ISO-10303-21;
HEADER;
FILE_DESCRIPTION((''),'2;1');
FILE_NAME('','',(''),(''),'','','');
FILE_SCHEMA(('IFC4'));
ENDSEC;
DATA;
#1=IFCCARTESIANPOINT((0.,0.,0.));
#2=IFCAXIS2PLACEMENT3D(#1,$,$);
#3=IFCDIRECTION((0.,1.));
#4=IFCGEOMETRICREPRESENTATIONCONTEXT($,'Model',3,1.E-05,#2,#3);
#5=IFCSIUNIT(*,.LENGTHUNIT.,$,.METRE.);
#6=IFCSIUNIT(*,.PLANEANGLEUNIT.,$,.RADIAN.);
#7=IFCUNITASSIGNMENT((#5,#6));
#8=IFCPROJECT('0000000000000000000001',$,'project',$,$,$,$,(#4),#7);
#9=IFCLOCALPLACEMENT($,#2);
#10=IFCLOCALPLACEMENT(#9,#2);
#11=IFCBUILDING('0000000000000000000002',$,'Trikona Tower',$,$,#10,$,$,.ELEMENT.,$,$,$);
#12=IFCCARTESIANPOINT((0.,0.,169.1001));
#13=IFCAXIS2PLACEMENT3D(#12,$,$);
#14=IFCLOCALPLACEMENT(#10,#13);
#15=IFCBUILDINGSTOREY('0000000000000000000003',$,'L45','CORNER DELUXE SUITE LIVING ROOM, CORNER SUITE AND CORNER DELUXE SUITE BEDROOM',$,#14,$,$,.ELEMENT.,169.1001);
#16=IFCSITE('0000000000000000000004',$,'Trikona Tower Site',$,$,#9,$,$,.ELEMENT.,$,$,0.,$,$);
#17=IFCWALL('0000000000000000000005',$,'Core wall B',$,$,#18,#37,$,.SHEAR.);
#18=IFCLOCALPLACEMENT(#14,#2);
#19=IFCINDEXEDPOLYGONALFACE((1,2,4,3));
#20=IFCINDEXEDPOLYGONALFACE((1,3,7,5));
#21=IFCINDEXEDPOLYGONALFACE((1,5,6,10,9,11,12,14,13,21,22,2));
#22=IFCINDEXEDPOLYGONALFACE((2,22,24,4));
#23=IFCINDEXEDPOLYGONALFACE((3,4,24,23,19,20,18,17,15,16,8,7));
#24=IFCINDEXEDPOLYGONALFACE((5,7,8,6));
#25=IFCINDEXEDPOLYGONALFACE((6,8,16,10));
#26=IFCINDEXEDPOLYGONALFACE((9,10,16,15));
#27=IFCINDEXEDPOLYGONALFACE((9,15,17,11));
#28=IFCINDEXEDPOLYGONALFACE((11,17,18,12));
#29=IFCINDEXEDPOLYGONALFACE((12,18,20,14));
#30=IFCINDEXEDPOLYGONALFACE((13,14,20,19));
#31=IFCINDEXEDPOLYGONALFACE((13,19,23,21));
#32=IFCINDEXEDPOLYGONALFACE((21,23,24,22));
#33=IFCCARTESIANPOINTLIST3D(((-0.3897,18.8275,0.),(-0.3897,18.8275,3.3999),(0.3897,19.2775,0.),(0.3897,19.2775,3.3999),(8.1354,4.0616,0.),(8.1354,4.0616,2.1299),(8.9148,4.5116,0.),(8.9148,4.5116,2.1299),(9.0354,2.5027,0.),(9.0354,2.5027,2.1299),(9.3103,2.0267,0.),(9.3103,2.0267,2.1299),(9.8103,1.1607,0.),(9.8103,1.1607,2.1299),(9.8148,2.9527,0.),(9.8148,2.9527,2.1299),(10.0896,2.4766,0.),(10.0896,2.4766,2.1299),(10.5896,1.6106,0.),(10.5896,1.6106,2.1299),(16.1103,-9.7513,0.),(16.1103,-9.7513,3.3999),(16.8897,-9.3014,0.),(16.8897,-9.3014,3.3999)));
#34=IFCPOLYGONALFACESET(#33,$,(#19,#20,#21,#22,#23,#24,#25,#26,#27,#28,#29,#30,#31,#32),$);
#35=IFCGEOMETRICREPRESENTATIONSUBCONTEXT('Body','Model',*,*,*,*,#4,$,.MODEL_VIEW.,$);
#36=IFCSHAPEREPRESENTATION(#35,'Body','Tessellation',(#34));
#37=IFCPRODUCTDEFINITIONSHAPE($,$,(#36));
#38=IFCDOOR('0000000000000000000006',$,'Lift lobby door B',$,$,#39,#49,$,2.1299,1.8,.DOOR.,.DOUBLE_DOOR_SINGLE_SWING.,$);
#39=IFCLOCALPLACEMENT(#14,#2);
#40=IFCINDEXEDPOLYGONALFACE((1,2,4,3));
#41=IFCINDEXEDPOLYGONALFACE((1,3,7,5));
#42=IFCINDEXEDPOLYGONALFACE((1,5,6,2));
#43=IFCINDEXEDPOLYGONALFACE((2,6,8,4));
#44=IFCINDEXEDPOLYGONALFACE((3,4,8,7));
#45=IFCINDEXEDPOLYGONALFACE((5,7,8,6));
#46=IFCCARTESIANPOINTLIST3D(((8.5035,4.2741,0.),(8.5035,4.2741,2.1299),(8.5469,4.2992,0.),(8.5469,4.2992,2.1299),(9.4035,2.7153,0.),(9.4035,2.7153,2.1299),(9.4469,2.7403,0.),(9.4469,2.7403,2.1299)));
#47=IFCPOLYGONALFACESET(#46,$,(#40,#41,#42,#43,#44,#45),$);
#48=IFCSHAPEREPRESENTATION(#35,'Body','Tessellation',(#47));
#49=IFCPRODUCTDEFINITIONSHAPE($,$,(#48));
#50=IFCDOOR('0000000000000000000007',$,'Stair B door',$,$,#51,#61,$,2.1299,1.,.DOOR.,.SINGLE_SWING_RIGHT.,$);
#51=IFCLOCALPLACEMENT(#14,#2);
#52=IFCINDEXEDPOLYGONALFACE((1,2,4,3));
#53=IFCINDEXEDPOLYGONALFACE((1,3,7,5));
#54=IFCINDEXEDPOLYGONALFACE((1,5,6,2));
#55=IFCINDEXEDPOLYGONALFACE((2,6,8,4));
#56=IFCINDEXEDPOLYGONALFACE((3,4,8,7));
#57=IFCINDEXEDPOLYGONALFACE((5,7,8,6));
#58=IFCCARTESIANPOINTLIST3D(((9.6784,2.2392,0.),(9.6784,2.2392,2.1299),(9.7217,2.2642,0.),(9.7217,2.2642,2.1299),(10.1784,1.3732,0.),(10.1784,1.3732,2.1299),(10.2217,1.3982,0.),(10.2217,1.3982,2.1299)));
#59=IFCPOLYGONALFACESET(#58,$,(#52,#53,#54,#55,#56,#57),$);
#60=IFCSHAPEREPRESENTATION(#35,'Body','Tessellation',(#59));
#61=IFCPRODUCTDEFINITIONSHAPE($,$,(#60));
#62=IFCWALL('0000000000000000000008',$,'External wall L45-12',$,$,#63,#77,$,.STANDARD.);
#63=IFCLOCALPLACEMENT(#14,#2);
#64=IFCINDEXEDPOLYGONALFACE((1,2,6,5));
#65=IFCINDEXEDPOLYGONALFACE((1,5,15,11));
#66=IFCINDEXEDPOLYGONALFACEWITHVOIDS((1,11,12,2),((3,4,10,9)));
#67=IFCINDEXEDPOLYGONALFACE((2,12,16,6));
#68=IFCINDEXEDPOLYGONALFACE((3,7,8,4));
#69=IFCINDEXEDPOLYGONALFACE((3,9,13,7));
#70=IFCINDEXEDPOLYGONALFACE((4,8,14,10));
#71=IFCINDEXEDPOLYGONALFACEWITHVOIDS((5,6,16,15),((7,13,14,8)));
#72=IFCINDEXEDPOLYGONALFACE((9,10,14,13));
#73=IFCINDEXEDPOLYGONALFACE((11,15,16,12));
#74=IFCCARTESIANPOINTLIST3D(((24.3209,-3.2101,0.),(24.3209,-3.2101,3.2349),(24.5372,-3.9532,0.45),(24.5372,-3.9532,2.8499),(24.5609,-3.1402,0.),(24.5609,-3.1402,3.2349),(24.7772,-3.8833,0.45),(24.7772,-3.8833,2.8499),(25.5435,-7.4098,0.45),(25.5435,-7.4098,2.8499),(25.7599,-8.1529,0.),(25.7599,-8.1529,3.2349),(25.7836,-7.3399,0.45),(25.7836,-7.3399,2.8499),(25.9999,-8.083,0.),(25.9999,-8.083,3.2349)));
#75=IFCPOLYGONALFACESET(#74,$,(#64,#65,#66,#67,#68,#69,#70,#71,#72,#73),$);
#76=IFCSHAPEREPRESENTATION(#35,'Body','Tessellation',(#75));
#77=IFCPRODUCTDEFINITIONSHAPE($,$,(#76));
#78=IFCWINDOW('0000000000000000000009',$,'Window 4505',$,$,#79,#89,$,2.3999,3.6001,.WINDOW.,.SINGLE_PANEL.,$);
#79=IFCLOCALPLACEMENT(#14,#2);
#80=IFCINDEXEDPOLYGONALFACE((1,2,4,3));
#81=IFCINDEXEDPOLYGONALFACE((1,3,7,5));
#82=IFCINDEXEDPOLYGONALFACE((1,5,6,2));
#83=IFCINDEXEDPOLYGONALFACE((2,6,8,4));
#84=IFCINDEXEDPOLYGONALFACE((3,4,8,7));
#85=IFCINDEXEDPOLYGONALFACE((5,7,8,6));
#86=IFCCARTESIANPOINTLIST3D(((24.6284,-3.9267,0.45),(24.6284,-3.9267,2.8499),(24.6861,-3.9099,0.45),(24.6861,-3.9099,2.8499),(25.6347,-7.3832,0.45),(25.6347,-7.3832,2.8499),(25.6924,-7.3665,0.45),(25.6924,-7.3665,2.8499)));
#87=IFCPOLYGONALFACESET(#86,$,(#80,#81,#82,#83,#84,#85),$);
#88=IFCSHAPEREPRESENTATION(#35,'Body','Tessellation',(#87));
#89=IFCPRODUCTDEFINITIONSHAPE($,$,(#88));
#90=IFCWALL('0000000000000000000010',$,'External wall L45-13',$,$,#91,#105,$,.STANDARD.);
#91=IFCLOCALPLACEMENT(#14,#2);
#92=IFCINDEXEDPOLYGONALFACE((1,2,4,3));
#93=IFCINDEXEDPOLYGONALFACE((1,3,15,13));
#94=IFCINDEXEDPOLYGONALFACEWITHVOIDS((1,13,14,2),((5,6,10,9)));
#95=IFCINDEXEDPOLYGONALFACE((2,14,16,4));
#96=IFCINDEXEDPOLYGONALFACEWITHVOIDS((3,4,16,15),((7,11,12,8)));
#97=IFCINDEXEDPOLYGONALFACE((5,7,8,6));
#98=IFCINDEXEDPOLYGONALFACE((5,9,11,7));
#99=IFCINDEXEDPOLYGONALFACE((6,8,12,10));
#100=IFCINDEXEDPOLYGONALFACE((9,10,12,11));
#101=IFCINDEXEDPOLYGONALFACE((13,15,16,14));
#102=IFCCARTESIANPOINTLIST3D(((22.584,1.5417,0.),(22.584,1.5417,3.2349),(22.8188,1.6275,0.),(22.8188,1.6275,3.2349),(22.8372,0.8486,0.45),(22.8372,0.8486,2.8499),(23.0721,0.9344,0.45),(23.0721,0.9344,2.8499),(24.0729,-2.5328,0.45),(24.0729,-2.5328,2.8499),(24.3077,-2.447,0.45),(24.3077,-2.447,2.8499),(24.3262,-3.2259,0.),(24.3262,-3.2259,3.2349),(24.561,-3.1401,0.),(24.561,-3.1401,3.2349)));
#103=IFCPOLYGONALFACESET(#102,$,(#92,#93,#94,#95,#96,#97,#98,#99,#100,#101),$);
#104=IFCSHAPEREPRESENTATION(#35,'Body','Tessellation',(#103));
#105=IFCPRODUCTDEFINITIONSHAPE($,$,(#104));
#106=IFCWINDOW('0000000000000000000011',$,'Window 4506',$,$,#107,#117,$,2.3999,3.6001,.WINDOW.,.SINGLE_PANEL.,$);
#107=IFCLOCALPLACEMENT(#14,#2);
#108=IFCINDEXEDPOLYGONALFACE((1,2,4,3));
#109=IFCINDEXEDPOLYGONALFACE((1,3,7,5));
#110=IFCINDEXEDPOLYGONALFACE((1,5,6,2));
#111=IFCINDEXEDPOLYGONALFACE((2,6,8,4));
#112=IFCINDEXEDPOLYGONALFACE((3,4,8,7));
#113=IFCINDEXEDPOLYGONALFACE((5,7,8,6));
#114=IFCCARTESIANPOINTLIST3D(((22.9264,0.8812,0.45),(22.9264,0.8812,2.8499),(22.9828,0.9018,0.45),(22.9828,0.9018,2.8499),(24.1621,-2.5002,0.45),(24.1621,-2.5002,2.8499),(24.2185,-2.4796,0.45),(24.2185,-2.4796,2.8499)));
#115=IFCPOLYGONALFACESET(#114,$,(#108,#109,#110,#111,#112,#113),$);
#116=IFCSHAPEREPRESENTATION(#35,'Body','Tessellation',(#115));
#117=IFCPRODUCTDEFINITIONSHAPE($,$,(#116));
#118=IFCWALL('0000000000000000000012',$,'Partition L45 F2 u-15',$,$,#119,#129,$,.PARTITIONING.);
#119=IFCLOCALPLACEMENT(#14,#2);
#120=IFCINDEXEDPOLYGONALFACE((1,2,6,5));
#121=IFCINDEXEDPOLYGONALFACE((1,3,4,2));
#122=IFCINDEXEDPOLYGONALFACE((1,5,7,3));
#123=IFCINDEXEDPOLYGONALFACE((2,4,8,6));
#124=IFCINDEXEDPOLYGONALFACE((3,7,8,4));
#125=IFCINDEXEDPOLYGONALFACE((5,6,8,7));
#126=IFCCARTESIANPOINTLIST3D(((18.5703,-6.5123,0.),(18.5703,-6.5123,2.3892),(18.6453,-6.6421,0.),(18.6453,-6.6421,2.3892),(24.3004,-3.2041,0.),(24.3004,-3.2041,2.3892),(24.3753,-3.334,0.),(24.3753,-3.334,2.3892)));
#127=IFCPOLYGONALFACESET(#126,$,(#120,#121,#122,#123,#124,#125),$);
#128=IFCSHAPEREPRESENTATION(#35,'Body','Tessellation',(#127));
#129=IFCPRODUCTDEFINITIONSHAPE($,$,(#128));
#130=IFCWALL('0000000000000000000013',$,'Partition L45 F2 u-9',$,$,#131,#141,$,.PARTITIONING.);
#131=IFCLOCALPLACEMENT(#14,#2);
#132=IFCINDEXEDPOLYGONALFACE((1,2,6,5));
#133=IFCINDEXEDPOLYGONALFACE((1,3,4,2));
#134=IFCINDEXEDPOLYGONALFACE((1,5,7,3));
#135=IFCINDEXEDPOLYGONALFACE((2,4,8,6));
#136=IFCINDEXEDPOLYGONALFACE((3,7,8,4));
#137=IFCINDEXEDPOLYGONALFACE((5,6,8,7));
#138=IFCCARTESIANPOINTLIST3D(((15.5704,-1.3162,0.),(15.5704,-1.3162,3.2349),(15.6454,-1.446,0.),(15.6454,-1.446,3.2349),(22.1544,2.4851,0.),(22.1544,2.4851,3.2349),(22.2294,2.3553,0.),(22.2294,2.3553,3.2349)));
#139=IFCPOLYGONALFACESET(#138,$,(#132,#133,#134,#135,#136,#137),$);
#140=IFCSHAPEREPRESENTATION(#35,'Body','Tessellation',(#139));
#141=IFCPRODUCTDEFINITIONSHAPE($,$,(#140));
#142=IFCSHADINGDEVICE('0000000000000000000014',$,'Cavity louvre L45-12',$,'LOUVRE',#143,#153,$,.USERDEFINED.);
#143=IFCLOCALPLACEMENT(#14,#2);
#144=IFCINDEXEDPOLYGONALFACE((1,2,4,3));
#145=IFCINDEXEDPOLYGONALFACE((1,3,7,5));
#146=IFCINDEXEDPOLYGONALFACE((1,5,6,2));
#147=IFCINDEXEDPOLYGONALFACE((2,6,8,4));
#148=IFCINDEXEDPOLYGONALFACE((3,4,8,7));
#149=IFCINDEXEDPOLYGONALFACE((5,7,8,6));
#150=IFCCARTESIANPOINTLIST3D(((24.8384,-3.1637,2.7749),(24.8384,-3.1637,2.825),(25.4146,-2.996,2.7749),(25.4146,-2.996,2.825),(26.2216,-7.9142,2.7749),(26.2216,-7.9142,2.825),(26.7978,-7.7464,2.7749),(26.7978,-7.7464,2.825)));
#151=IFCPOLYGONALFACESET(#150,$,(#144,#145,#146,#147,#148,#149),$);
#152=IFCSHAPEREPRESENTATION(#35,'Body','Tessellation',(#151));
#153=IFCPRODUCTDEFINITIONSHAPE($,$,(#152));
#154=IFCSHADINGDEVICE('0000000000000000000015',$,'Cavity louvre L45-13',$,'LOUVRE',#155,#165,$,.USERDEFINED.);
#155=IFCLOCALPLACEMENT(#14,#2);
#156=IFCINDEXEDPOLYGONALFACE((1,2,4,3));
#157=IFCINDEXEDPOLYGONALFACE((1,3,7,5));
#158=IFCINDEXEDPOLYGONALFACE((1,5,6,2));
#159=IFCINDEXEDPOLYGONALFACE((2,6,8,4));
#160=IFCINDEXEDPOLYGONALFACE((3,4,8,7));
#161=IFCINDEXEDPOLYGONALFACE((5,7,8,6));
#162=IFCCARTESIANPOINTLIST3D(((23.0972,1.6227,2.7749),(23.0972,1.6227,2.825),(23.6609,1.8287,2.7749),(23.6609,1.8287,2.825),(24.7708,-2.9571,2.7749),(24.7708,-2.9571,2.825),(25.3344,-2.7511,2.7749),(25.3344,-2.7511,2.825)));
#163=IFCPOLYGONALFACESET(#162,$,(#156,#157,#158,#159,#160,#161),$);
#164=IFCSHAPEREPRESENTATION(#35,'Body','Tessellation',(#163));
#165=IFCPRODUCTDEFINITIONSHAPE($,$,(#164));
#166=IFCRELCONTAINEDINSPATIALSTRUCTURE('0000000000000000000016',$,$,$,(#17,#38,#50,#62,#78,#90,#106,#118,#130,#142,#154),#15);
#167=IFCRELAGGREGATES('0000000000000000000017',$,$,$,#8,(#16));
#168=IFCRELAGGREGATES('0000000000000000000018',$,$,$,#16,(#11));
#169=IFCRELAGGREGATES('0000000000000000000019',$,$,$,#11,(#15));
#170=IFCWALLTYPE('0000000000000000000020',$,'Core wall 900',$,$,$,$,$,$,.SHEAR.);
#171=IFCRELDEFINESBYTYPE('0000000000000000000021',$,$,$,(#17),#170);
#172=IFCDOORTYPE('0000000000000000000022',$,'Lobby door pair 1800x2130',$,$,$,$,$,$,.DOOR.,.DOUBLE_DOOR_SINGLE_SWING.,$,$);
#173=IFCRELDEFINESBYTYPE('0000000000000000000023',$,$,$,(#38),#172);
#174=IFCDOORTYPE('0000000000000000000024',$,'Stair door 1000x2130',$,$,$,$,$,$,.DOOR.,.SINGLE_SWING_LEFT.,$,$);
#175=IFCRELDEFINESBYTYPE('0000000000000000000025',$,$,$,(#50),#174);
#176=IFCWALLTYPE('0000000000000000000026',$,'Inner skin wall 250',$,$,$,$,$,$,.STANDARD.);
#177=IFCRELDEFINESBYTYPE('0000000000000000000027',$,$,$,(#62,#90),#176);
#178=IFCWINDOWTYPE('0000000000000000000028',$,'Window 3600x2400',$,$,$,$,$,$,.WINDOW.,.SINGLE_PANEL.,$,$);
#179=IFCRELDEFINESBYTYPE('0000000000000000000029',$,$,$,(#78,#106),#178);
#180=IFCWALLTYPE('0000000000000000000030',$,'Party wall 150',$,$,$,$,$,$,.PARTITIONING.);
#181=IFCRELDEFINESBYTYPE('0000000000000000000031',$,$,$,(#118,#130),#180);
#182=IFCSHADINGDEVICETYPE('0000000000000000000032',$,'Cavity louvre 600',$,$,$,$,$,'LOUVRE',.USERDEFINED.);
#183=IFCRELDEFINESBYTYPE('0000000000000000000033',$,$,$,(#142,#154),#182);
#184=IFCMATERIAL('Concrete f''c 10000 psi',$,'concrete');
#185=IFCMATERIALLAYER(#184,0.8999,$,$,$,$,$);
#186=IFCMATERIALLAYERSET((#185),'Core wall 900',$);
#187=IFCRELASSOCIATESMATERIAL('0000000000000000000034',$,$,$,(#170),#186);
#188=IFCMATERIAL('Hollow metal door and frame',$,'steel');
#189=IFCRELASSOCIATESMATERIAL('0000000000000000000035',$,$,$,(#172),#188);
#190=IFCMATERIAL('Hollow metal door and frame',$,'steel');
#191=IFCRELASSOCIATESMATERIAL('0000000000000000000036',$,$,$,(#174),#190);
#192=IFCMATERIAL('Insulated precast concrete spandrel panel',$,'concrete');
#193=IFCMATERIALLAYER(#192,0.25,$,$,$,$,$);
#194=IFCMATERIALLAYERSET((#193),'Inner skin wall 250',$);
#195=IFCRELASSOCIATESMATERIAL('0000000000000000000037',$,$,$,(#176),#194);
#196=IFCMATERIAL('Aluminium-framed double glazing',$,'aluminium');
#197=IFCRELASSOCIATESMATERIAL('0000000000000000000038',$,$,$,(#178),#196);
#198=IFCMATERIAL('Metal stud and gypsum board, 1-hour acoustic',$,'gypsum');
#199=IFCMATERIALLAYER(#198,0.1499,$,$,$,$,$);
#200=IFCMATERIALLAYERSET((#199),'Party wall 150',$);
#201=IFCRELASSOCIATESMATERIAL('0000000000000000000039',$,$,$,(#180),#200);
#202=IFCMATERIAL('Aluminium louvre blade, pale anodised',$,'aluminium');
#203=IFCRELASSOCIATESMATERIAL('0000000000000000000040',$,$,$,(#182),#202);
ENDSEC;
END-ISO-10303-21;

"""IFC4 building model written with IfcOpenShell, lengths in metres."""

from ifc_helpers import new_model, si_unit, direction, frame, frame_2d, origin, origin_2d, place, context, subcontext, project, spatial, rectangle, extrude, material, layer, layer_set, type_object, element, fill, save


model = new_model("IFC4")

# Units and contexts
model_context = context("Model", 3, precision=1e-05, world=origin(), true_north=direction((0.0, 1.0)))
body_context = subcontext(model_context, "Body", "Model", "MODEL_VIEW")
ifc_project = project(units=[si_unit("LENGTHUNIT", "METRE"), si_unit("PLANEANGLEUNIT", "RADIAN")], contexts=[model_context])

# Site, building, storey
site_placement = place(None, origin())
site = spatial("IfcSite", under=ifc_project, at=site_placement, Name="Trikona Tower Site", CompositionType="ELEMENT", RefElevation=0.0)
building_placement = place(site_placement, origin())
building = spatial("IfcBuilding", under=site, at=building_placement, Name="Trikona Tower", CompositionType="ELEMENT")
storey_placement = place(building_placement, frame((0.0, 0.0, 169.1001)))
storey = spatial("IfcBuildingStorey", under=building, at=storey_placement, Name="L45", Description="CORNER DELUXE SUITE LIVING ROOM, CORNER SUITE AND CORNER DELUXE SUITE BEDROOM", CompositionType="ELEMENT", Elevation=169.1001)

# Wall, openings, doors
ifc_material_1 = material(Name="Concrete f'c 10000 psi", Category="concrete")
ifc_layer_1 = layer(ifc_material_1, 0.8999)
ifc_layer_set_1 = layer_set([ifc_layer_1], Name="Core wall 900")
wall_type_1 = type_object("IfcWallType", Name="Core wall 900", PredefinedType="SHEAR", material=ifc_layer_set_1)
wall_1_placement = place(storey_placement, frame((16.5, -9.5264, 0.0), z_axis=(0.0, 0.0, 1.0), x_axis=(-0.5, 0.866026, 0.0)))
wall_1 = element("IfcWall", 1, at=wall_1_placement, inside=storey, type_object=wall_type_1, Name="Core wall B", PredefinedType="SHEAR", context=body_context, shape_type="SweptSolid", body=[
    extrude(rectangle(XDim=33.0, YDim=0.8999, at=frame_2d((16.5, 0.0))), origin(), (0.0, 0.0, 1.0), 3.3999),
])
opening_1_placement = place(wall_1_placement, frame((14.1499, 0.0, 0.0)))
opening_1 = element("IfcOpeningElement", 2, at=opening_1_placement, cuts=wall_1, PredefinedType="OPENING", context=body_context, shape_type="SweptSolid", body=[
    extrude(rectangle(XDim=1.8, YDim=2.1299, at=frame_2d((0.8999, 1.0649))), frame((0.0, 0.46, 0.0), z_axis=(0.0, -1.0, 0.0), x_axis=(1.0, 0.0, 0.0)), (0.0, 0.0, 1.0), 0.9199),
])
opening_2_placement = place(wall_1_placement, frame((12.6001, 0.0, 0.0)))
opening_2 = element("IfcOpeningElement", 3, at=opening_2_placement, cuts=wall_1, PredefinedType="OPENING", context=body_context, shape_type="SweptSolid", body=[
    extrude(rectangle(XDim=1.0, YDim=2.1299, at=frame_2d((0.5, 1.0649))), frame((0.0, 0.46, 0.0), z_axis=(0.0, -1.0, 0.0), x_axis=(1.0, 0.0, 0.0)), (0.0, 0.0, 1.0), 0.9199),
])
ifc_material_2 = material(Name="Hollow metal door and frame", Category="steel")
door_type_1 = type_object("IfcDoorType", Name="Lobby door pair 1800x2130", OperationType="DOUBLE_DOOR_SINGLE_SWING", PredefinedType="DOOR", material=ifc_material_2)
door_1_placement = place(opening_1_placement, origin())
door_1 = element("IfcDoor", 4, at=door_1_placement, inside=storey, type_object=door_type_1, Name="Lift lobby door B", OperationType="DOUBLE_DOOR_SINGLE_SWING", OverallHeight=2.1299, OverallWidth=1.8, PredefinedType="DOOR", context=body_context, shape_type="SweptSolid", body=[
    extrude(rectangle(XDim=1.8, YDim=2.1299, at=frame_2d((0.8999, 1.0649))), frame((0.0, 0.0249, 0.0), z_axis=(0.0, -1.0, 0.0), x_axis=(1.0, 0.0, 0.0)), (0.0, 0.0, 1.0), 0.05),
])
fill(opening_1, door_1)
ifc_material_3 = material(Name="Hollow metal door and frame", Category="steel")
door_type_2 = type_object("IfcDoorType", Name="Stair door 1000x2130", OperationType="SINGLE_SWING_LEFT", PredefinedType="DOOR", material=ifc_material_3)
door_2_placement = place(opening_2_placement, origin())
door_2 = element("IfcDoor", 5, at=door_2_placement, inside=storey, type_object=door_type_2, Name="Stair B door", OperationType="SINGLE_SWING_RIGHT", OverallHeight=2.1299, OverallWidth=1.0, PredefinedType="DOOR", context=body_context, shape_type="SweptSolid", body=[
    extrude(rectangle(XDim=1.0, YDim=2.1299, at=frame_2d((0.5, 1.0649))), frame((0.0, 0.0249, 0.0), z_axis=(0.0, -1.0, 0.0), x_axis=(1.0, 0.0, 0.0)), (0.0, 0.0, 1.0), 0.05),
])
fill(opening_2, door_2)

# Walls, openings, windows
ifc_material_4 = material(Name="Insulated precast concrete spandrel panel", Category="concrete")
ifc_layer_2 = layer(ifc_material_4, 0.25)
ifc_layer_set_2 = layer_set([ifc_layer_2], Name="Inner skin wall 250")
wall_type_2 = type_object("IfcWallType", Name="Inner skin wall 250", PredefinedType="STANDARD", material=ifc_layer_set_2)
wall_2_placement = place(storey_placement, frame((25.8799, -8.1179, 0.0), z_axis=(0.0, 0.0, 1.0), x_axis=(-0.279528, 0.960137, 0.0)))
wall_2 = element("IfcWall", 6, at=wall_2_placement, inside=storey, type_object=wall_type_2, Name="External wall L45-12", PredefinedType="STANDARD", context=body_context, shape_type="SweptSolid", body=[
    extrude(rectangle(XDim=5.1479, YDim=0.25, at=frame_2d((2.574, 0.0))), origin(), (0.0, 0.0, 1.0), 3.2349),
])
opening_3_placement = place(wall_2_placement, frame((0.7739, 0.0, 0.45)))
opening_3 = element("IfcOpeningElement", 7, at=opening_3_placement, cuts=wall_2, PredefinedType="OPENING", context=body_context, shape_type="SweptSolid", body=[
    extrude(rectangle(XDim=3.6001, YDim=2.3999, at=frame_2d((1.8, 1.2))), frame((0.0, 0.135, 0.0), z_axis=(0.0, -1.0, 0.0), x_axis=(1.0, 0.0, 0.0)), (0.0, 0.0, 1.0), 0.27),
])
ifc_material_5 = material(Name="Aluminium-framed double glazing", Category="aluminium")
window_type = type_object("IfcWindowType", Name="Window 3600x2400", PartitioningType="SINGLE_PANEL", PredefinedType="WINDOW", material=ifc_material_5)
window_1_placement = place(opening_3_placement, origin())
window_1 = element("IfcWindow", 8, at=window_1_placement, inside=storey, type_object=window_type, Name="Window 4505", OverallHeight=2.3999, OverallWidth=3.6001, PartitioningType="SINGLE_PANEL", PredefinedType="WINDOW", context=body_context, shape_type="SweptSolid", body=[
    extrude(rectangle(XDim=3.6001, YDim=2.3999, at=frame_2d((1.8, 1.2))), frame((0.0, 0.03, 0.0), z_axis=(0.0, -1.0, 0.0), x_axis=(1.0, 0.0, 0.0)), (0.0, 0.0, 1.0), 0.0601),
])
fill(opening_3, window_1)
wall_3_placement = place(storey_placement, frame((24.4436, -3.1831, 0.0), z_axis=(0.0, 0.0, 1.0), x_axis=(-0.343226, 0.939253, 0.0)))
wall_3 = element("IfcWall", 9, at=wall_3_placement, inside=storey, type_object=wall_type_2, Name="External wall L45-13", PredefinedType="STANDARD", context=body_context, shape_type="SweptSolid", body=[
    extrude(rectangle(XDim=5.0759, YDim=0.25, at=frame_2d((2.5381, 0.0))), origin(), (0.0, 0.0, 1.0), 3.2349),
])
opening_4_placement = place(wall_3_placement, frame((0.738, 0.0, 0.45)))
opening_4 = element("IfcOpeningElement", 10, at=opening_4_placement, cuts=wall_3, PredefinedType="OPENING", context=body_context, shape_type="SweptSolid", body=[
    extrude(rectangle(XDim=3.6001, YDim=2.3999, at=frame_2d((1.8, 1.2))), frame((0.0, 0.135, 0.0), z_axis=(0.0, -1.0, 0.0), x_axis=(1.0, 0.0, 0.0)), (0.0, 0.0, 1.0), 0.27),
])
window_2_placement = place(opening_4_placement, origin())
window_2 = element("IfcWindow", 11, at=window_2_placement, inside=storey, type_object=window_type, Name="Window 4506", OverallHeight=2.3999, OverallWidth=3.6001, PartitioningType="SINGLE_PANEL", PredefinedType="WINDOW", context=body_context, shape_type="SweptSolid", body=[
    extrude(rectangle(XDim=3.6001, YDim=2.3999, at=frame_2d((1.8, 1.2))), frame((0.0, 0.03, 0.0), z_axis=(0.0, -1.0, 0.0), x_axis=(1.0, 0.0, 0.0)), (0.0, 0.0, 1.0), 0.0601),
])
fill(opening_4, window_2)

# Walls
ifc_material_6 = material(Name="Metal stud and gypsum board, 1-hour acoustic", Category="gypsum")
ifc_layer_3 = layer(ifc_material_6, 0.1499)
ifc_layer_set_3 = layer_set([ifc_layer_3], Name="Party wall 150")
wall_type_3 = type_object("IfcWallType", Name="Party wall 150", PredefinedType="PARTITIONING", material=ifc_layer_set_3)
wall_4_placement = place(storey_placement, frame((18.6079, -6.5771, 0.0), z_axis=(0.0, 0.0, 1.0), x_axis=(0.866032, 0.499989, 0.0)))
element("IfcWall", 12, at=wall_4_placement, inside=storey, type_object=wall_type_3, Name="Partition L45 F2 u-15", PredefinedType="PARTITIONING", context=body_context, shape_type="SweptSolid", body=[
    extrude(rectangle(XDim=6.6165, YDim=0.1499, at=frame_2d((3.3081, 0.0))), origin(), (0.0, 0.0, 1.0), 2.3892),
])
wall_5_placement = place(storey_placement, frame((15.6079, -1.3811, 0.0), z_axis=(0.0, 0.0, 1.0), x_axis=(0.866025, 0.5, 0.0)))
element("IfcWall", 13, at=wall_5_placement, inside=storey, type_object=wall_type_3, Name="Partition L45 F2 u-9", PredefinedType="PARTITIONING", context=body_context, shape_type="SweptSolid", body=[
    extrude(rectangle(XDim=7.6025, YDim=0.1499, at=frame_2d((3.8013, 0.0))), origin(), (0.0, 0.0, 1.0), 3.2349),
])

# Shading devices
ifc_material_7 = material(Name="Aluminium louvre blade, pale anodised", Category="aluminium")
shading_device_type = type_object("IfcShadingDeviceType", Name="Cavity louvre 600", ElementType="LOUVRE", PredefinedType="USERDEFINED", material=ifc_material_7)
shading_device_1_placement = place(storey_placement, frame((25.8181, -5.4551, 2.7749), z_axis=(0.0, 0.0, 1.0), x_axis=(-0.279554, 0.96013, 0.0)))
element("IfcShadingDevice", 14, at=shading_device_1_placement, inside=storey, type_object=shading_device_type, Name="Cavity louvre L45-12", ObjectType="LOUVRE", PredefinedType="USERDEFINED", context=body_context, shape_type="SweptSolid", body=[
    extrude(rectangle(XDim=4.9478, YDim=0.6001, at=origin_2d()), origin(), (0.0, 0.0, 1.0), 0.05),
])
shading_device_2_placement = place(storey_placement, frame((24.2158, -0.5642, 2.7749), z_axis=(0.0, 0.0, 1.0), x_axis=(-0.34322, 0.939255, 0.0)))
element("IfcShadingDevice", 15, at=shading_device_2_placement, inside=storey, type_object=shading_device_type, Name="Cavity louvre L45-13", ObjectType="LOUVRE", PredefinedType="USERDEFINED", context=body_context, shape_type="SweptSolid", body=[
    extrude(rectangle(XDim=4.876, YDim=0.6001, at=origin_2d()), origin(), (0.0, 0.0, 1.0), 0.05),
])

save(model, "model.ifc")
